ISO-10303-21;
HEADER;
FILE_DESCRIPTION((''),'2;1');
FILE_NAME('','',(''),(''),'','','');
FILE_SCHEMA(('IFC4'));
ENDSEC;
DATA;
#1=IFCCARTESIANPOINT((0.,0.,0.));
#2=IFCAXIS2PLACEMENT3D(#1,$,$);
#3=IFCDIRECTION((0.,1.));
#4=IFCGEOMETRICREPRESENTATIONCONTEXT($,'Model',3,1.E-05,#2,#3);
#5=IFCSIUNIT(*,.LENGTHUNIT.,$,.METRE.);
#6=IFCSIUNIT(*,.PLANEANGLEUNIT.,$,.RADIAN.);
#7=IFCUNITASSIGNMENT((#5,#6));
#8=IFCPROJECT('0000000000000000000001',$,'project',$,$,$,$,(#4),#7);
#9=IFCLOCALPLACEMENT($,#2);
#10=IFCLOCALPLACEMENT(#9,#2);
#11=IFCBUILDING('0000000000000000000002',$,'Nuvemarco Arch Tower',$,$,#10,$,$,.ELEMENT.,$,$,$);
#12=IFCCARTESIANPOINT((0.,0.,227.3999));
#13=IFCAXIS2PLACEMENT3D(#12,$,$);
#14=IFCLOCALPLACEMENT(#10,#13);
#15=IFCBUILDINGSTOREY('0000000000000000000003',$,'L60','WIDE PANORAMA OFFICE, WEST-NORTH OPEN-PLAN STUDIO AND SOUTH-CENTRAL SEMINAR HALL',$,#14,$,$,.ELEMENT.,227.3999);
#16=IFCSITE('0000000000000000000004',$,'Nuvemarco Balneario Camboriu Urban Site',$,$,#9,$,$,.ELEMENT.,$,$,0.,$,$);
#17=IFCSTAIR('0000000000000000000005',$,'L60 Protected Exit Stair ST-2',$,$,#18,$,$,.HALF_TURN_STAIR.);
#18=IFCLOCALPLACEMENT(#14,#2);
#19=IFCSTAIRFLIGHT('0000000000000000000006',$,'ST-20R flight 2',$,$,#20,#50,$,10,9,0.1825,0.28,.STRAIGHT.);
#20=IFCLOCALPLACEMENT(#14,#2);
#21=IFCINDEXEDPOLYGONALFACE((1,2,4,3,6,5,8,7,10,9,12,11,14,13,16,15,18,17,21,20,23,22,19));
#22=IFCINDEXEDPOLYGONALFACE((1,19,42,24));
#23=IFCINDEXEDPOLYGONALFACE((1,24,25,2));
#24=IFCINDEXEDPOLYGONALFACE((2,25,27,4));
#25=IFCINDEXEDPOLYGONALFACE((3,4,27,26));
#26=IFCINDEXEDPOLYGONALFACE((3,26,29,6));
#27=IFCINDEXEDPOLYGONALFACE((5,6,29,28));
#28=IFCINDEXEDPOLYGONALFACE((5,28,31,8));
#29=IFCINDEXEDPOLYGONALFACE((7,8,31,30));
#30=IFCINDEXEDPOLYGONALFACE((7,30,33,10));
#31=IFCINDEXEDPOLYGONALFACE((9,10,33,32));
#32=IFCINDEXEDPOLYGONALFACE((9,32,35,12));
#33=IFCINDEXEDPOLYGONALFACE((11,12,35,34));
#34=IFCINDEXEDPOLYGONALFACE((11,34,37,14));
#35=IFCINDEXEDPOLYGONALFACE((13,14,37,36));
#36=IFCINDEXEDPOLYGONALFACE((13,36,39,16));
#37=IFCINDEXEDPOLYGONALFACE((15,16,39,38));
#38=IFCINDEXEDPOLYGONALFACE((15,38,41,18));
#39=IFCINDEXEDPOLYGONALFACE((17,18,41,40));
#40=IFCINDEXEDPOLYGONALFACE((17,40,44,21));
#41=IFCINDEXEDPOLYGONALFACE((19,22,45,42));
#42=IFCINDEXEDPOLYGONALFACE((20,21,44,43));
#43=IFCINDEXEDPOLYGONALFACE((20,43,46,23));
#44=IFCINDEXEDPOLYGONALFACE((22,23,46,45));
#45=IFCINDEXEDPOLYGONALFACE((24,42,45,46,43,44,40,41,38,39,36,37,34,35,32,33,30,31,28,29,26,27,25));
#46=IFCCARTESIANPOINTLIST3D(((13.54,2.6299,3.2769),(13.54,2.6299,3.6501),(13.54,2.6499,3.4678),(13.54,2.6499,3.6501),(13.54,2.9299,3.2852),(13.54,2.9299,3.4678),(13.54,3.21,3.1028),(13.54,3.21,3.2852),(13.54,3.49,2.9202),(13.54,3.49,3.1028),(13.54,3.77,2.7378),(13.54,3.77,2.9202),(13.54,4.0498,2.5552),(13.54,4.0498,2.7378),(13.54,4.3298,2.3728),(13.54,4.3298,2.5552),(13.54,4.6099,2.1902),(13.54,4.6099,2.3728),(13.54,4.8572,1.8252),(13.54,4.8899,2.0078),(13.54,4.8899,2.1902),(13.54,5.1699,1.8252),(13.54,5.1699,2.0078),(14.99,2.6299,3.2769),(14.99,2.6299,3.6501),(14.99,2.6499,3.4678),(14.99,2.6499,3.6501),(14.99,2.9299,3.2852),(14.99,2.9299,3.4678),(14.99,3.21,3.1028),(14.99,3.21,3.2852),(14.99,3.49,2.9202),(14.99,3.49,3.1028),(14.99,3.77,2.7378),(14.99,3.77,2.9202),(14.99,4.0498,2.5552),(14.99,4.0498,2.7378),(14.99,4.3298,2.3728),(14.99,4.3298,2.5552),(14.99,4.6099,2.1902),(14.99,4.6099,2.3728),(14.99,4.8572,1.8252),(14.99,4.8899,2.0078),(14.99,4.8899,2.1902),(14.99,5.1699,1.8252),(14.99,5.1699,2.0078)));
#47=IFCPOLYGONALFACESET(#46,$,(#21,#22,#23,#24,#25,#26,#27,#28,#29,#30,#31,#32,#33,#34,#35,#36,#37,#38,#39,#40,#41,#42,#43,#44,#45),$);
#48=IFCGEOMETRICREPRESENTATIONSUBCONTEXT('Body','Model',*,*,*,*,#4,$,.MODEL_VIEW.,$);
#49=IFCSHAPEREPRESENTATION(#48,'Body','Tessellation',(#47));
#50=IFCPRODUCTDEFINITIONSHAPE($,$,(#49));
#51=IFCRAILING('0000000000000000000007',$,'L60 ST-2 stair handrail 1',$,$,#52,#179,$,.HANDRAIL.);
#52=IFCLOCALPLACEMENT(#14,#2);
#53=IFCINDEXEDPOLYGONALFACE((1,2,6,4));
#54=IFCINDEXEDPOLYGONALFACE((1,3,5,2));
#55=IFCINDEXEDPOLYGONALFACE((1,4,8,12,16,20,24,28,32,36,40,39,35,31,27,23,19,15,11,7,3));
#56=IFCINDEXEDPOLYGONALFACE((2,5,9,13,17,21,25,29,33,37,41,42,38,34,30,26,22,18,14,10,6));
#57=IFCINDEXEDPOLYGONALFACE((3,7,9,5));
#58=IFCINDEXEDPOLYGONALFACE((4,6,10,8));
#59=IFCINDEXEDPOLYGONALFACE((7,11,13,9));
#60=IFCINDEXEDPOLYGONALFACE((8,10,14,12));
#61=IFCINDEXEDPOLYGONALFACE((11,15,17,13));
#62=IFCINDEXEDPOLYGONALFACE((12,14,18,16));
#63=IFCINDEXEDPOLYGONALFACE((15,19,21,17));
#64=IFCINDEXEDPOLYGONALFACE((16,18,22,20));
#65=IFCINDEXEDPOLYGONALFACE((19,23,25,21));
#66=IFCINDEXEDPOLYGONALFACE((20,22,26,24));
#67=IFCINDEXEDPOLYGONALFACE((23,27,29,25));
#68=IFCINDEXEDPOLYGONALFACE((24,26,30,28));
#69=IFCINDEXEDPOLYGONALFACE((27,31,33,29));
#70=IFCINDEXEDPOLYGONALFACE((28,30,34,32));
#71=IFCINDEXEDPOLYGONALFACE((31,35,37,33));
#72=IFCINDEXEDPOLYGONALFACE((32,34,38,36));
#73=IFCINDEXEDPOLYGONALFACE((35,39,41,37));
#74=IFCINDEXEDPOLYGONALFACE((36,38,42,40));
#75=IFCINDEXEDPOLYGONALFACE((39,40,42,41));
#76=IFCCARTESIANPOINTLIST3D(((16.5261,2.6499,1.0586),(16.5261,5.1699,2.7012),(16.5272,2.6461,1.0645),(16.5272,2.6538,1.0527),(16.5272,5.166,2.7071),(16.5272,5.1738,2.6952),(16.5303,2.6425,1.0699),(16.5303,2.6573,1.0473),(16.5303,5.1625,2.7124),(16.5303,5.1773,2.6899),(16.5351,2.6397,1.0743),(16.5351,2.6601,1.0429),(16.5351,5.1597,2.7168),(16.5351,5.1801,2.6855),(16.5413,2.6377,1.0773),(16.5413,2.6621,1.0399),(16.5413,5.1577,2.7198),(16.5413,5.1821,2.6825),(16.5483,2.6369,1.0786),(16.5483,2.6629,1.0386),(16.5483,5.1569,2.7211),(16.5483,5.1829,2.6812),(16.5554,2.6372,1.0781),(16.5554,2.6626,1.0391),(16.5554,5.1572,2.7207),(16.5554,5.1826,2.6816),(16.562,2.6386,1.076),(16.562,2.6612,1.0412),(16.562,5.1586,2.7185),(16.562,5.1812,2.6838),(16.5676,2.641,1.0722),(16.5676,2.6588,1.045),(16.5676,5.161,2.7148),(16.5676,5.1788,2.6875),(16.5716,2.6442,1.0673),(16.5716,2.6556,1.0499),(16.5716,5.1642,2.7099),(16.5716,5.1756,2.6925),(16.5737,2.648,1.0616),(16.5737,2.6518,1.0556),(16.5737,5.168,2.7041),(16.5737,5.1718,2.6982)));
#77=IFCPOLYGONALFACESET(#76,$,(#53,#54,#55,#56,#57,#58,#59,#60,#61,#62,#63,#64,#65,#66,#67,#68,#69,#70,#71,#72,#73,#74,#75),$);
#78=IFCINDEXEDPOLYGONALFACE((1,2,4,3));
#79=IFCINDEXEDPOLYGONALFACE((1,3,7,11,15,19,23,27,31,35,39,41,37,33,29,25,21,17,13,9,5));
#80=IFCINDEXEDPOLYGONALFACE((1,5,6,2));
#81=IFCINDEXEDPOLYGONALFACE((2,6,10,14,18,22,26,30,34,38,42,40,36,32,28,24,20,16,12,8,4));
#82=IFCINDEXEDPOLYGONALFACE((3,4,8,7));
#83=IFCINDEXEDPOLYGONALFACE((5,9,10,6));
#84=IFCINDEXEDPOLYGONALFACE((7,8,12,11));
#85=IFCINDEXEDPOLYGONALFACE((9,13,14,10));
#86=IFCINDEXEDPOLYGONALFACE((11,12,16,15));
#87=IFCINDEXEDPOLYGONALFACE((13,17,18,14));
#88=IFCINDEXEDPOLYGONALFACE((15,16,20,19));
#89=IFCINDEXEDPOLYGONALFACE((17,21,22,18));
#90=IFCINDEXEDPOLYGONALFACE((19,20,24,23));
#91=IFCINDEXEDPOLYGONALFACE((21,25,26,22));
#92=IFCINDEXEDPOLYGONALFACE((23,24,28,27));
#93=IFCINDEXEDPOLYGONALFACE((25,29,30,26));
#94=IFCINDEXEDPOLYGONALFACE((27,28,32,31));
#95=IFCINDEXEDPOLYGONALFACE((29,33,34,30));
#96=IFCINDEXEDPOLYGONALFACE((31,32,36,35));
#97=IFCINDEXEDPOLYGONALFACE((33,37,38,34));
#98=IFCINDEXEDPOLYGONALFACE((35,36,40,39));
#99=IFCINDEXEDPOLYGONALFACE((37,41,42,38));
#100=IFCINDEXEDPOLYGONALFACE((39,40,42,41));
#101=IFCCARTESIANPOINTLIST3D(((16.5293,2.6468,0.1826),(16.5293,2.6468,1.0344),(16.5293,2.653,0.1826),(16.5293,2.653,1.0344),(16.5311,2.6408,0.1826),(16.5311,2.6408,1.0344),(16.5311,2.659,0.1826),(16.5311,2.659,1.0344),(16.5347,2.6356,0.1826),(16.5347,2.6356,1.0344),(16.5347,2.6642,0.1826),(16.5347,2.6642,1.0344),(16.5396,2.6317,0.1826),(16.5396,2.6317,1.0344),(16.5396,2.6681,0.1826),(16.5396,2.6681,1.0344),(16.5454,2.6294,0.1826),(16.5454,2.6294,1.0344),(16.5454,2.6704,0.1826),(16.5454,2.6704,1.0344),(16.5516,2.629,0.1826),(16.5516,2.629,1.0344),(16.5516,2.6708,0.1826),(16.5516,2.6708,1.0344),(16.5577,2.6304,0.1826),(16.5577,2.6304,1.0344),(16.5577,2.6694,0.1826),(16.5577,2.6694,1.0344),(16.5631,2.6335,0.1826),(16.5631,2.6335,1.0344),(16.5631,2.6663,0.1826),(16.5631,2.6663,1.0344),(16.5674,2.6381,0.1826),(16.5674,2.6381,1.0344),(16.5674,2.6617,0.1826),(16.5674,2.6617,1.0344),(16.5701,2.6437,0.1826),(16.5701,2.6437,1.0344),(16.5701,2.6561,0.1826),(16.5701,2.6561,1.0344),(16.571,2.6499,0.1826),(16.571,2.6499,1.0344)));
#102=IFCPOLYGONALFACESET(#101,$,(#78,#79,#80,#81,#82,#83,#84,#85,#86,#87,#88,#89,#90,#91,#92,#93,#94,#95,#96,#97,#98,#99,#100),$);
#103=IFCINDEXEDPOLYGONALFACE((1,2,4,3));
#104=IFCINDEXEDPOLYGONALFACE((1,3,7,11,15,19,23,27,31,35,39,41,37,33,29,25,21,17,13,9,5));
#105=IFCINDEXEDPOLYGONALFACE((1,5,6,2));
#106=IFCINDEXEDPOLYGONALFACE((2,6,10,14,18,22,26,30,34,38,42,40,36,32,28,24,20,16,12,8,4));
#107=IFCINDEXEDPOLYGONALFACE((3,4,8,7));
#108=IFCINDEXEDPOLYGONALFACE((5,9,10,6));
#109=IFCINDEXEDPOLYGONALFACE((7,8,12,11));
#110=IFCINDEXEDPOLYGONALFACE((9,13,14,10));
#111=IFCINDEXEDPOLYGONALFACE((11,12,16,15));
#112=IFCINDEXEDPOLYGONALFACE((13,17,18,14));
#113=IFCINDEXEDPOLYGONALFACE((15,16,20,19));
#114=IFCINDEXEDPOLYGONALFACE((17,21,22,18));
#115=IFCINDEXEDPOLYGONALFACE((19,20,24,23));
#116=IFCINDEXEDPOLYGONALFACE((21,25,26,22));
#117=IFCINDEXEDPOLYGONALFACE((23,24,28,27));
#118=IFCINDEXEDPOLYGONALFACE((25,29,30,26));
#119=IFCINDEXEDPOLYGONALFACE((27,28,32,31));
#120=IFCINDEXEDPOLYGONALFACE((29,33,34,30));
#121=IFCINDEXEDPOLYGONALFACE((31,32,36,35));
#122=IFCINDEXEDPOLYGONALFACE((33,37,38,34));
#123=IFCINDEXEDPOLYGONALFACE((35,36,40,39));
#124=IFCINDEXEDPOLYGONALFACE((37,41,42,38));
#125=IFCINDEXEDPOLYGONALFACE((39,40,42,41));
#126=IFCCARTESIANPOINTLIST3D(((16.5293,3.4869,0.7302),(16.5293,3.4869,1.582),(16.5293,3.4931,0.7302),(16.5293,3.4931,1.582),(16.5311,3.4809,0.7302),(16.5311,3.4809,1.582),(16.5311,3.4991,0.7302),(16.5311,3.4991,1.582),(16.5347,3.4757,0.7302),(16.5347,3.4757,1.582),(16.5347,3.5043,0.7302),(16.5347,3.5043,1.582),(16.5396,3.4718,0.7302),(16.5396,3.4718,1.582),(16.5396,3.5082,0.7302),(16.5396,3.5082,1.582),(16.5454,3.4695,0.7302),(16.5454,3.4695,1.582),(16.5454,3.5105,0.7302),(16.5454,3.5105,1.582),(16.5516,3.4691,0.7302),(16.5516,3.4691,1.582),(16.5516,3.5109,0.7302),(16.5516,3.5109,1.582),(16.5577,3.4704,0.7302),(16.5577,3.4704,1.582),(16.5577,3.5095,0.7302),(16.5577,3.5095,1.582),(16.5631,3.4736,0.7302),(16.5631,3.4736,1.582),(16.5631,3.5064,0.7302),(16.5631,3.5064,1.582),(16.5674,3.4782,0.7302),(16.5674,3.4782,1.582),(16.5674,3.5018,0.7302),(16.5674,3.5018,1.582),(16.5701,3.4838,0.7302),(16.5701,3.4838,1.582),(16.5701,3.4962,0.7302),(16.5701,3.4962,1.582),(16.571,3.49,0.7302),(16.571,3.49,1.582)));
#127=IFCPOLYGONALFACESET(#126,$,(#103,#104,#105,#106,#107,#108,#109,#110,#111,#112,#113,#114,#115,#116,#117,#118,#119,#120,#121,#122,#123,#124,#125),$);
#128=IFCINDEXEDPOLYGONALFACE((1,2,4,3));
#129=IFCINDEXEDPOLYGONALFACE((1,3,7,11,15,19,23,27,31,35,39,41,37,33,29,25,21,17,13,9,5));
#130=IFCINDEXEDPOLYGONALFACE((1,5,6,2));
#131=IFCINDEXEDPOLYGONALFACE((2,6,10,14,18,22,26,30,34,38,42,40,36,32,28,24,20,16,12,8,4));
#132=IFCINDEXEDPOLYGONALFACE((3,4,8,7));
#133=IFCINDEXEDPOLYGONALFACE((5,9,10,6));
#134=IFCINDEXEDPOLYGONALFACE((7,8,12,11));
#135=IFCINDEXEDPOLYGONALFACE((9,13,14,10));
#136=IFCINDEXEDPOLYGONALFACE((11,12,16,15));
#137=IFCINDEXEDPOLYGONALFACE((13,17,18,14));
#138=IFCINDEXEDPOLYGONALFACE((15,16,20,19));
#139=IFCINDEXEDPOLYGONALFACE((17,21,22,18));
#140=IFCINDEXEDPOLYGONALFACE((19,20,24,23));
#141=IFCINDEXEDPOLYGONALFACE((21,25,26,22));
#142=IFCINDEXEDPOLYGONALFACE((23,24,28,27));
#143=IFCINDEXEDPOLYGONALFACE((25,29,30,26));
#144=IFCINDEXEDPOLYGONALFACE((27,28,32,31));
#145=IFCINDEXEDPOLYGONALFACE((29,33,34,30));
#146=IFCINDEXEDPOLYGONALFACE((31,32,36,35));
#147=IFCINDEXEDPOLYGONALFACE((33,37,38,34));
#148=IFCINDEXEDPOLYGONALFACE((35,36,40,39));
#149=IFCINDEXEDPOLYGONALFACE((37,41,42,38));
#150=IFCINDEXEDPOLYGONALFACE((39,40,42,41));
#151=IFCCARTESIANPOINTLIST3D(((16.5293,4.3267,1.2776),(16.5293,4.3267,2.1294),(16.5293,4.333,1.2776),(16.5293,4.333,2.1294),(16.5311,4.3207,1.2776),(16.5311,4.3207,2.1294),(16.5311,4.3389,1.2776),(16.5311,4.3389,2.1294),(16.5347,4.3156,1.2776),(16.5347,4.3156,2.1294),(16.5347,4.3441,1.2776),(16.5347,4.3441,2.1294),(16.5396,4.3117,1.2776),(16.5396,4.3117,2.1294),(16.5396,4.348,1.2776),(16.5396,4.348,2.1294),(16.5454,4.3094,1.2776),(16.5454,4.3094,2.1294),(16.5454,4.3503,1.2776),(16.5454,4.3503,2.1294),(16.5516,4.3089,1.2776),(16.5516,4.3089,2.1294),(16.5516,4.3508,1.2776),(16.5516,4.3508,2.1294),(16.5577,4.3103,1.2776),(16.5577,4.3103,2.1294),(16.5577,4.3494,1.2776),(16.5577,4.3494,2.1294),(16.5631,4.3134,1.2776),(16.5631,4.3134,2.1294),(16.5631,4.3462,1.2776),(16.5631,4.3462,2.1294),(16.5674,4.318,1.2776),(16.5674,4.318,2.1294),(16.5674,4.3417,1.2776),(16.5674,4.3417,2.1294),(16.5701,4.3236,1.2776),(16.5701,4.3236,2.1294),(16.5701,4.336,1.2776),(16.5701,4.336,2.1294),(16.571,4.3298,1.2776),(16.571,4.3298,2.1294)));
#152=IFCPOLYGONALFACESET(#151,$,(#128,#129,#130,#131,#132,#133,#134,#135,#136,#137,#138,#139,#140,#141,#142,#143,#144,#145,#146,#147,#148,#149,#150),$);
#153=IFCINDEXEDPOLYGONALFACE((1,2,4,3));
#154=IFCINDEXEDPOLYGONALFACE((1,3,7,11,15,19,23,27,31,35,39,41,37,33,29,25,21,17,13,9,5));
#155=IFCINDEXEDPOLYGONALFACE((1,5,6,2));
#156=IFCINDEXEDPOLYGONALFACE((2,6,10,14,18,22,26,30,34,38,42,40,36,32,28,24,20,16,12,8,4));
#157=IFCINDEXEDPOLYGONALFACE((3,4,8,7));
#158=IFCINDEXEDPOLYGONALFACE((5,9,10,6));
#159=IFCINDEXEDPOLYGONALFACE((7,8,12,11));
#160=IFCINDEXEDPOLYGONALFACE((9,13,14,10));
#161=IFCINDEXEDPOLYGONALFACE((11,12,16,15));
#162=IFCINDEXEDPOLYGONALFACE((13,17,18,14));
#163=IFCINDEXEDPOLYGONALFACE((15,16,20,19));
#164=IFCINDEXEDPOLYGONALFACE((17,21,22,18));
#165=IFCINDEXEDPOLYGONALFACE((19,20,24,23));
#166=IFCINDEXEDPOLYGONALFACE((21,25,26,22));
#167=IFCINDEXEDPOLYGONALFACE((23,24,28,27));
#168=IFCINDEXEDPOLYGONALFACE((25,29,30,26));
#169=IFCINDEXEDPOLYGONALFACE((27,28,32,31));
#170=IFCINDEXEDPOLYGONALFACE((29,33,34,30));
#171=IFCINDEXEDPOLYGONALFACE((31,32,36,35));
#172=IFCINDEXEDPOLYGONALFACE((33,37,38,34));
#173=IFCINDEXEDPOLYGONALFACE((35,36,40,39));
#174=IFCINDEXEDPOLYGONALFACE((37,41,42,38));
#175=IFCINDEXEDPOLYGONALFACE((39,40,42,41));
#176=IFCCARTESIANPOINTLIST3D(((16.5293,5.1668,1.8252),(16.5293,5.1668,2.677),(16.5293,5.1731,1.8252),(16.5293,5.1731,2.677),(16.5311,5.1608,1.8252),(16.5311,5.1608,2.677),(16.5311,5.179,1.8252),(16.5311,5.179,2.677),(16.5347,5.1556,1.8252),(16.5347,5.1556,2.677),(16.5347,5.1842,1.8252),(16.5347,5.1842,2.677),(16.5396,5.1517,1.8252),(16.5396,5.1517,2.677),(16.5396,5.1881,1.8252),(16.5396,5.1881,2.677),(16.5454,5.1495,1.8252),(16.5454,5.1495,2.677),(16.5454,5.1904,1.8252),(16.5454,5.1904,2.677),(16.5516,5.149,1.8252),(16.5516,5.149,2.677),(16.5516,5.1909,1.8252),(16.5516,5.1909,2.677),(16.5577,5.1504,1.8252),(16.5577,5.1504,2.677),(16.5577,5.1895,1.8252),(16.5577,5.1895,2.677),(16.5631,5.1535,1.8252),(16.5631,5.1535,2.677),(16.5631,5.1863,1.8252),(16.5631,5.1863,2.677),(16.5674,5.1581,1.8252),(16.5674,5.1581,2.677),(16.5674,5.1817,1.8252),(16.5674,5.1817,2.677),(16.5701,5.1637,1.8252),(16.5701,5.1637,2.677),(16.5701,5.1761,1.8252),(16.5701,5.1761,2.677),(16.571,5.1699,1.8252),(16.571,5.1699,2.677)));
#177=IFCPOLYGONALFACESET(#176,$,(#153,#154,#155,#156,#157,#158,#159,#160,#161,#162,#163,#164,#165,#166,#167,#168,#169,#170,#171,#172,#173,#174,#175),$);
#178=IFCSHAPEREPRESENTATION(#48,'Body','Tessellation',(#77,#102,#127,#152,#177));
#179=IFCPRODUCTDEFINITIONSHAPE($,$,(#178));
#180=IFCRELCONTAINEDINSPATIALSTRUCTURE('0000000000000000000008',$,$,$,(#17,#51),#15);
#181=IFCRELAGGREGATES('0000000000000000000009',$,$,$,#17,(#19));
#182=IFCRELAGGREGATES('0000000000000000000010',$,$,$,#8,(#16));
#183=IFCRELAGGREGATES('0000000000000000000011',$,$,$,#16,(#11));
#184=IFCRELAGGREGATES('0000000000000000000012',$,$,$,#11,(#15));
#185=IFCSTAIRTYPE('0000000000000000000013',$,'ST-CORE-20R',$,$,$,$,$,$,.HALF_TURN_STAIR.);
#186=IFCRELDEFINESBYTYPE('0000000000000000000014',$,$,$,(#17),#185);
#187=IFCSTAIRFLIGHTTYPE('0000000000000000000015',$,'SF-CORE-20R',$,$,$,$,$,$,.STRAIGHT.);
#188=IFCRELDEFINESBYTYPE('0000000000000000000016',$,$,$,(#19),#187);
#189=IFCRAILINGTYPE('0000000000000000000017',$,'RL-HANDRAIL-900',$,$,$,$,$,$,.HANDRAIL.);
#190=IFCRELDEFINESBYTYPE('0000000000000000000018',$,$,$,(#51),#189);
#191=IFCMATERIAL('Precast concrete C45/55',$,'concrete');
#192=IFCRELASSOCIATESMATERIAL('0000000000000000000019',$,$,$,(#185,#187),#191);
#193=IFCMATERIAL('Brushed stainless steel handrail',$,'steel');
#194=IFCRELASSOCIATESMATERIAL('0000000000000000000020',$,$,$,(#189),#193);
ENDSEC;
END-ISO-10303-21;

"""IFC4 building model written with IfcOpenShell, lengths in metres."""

from ifc_helpers import new_model, si_unit, direction, frame, origin, origin_2d, place, context, subcontext, project, spatial, polyline, circle, outline, extrude, material, type_object, element, aggregate, save


model = new_model("IFC4")

# Units and contexts
model_context = context("Model", 3, precision=1e-05, world=origin(), true_north=direction((0.0, 1.0)))
body_context = subcontext(model_context, "Body", "Model", "MODEL_VIEW")
ifc_project = project(units=[si_unit("LENGTHUNIT", "METRE"), si_unit("PLANEANGLEUNIT", "RADIAN")], contexts=[model_context])

# Site, building, storey
site_placement = place(None, origin())
site = spatial("IfcSite", under=ifc_project, at=site_placement, Name="Nuvemarco Balneario Camboriu Urban Site", CompositionType="ELEMENT", RefElevation=0.0)
building_placement = place(site_placement, origin())
building = spatial("IfcBuilding", under=site, at=building_placement, Name="Nuvemarco Arch Tower", CompositionType="ELEMENT")
storey_placement = place(building_placement, frame((0.0, 0.0, 227.3999)))
storey = spatial("IfcBuildingStorey", under=building, at=storey_placement, Name="L60", Description="WIDE PANORAMA OFFICE, WEST-NORTH OPEN-PLAN STUDIO AND SOUTH-CENTRAL SEMINAR HALL", CompositionType="ELEMENT", Elevation=227.3999)

# Shared definitions
ifc_material_1 = material(Name="Precast concrete C45/55", Category="concrete")

# Stair, stair flight
stair_type = type_object("IfcStairType", Name="ST-CORE-20R", PredefinedType="HALF_TURN_STAIR", material=ifc_material_1)
stair_placement = place(storey_placement, origin())
stair = element("IfcStair", 1, at=stair_placement, inside=storey, type_object=stair_type, Name="L60 Protected Exit Stair ST-2", PredefinedType="HALF_TURN_STAIR")
stair_flight_type = type_object("IfcStairFlightType", Name="SF-CORE-20R", PredefinedType="STRAIGHT", material=ifc_material_1)
stair_flight_1_placement = place(storey_placement, frame((14.2649, 5.1699, 1.8252), z_axis=(0.0, 0.0, 1.0), x_axis=(0.0, -1.0, 0.0)))
stair_flight_1 = element("IfcStairFlight", 2, at=stair_flight_1_placement, type_object=stair_flight_type, Name="ST-20R flight 2", NumberOfRisers=10, NumberOfTreads=9, PredefinedType="STRAIGHT", RiserHeight=0.1825, TreadLength=0.28, context=body_context, shape_type="SweptSolid", body=[
    extrude(outline(polyline([(0.0, 0.0), (0.0, 0.1826), (0.28, 0.1826), (0.28, 0.365), (0.5601, 0.365), (0.5601, 0.5476), (0.8401, 0.5476), (0.8401, 0.73), (1.1201, 0.73), (1.1201, 0.9126), (1.3999, 0.9126), (1.3999, 1.095), (1.6799, 1.095), (1.6799, 1.2776), (1.96, 1.2776), (1.96, 1.46), (2.24, 1.46), (2.24, 1.6426), (2.52, 1.6426), (2.52, 1.825), (2.54, 1.825), (2.54, 1.4517), (0.3127, 0.0), (0.0, 0.0)])), frame((0.0, 0.7251, 0.0), z_axis=(0.0, -1.0, 0.0), x_axis=(1.0, 0.0, 0.0)), (0.0, 0.0, 1.0), 1.45),
])
aggregate(stair, [stair_flight_1])

# Railing
ifc_material_2 = material(Name="Brushed stainless steel handrail", Category="steel")
railing_type_1 = type_object("IfcRailingType", Name="RL-HANDRAIL-900", PredefinedType="HANDRAIL", material=ifc_material_2)
railing_1_placement = place(storey_placement, frame((16.55, 2.6499, 0.1826)))
element("IfcRailing", 3, at=railing_1_placement, inside=storey, type_object=railing_type_1, Name="L60 ST-2 stair handrail 1", PredefinedType="HANDRAIL", context=body_context, shape_type="SweptSolid", body=[
    extrude(circle(Radius=0.0239, at=origin_2d()), frame((0.0, 0.0, 0.876), z_axis=(0.0, 0.837749, 0.546055), x_axis=(-1.0, 0.0, 0.0)), (0.0, 0.0, 1.0), 3.0081),
    extrude(circle(Radius=0.021, at=origin_2d()), origin(), (0.0, 0.0, 1.0), 0.8518),
    extrude(circle(Radius=0.021, at=origin_2d()), frame((0.0, 0.8401, 0.5476)), (0.0, 0.0, 1.0), 0.8518),
    extrude(circle(Radius=0.021, at=origin_2d()), frame((0.0, 1.6799, 1.095)), (0.0, 0.0, 1.0), 0.8518),
    extrude(circle(Radius=0.021, at=origin_2d()), frame((0.0, 2.52, 1.6426)), (0.0, 0.0, 1.0), 0.8518),
])

save(model, "model.ifc")
